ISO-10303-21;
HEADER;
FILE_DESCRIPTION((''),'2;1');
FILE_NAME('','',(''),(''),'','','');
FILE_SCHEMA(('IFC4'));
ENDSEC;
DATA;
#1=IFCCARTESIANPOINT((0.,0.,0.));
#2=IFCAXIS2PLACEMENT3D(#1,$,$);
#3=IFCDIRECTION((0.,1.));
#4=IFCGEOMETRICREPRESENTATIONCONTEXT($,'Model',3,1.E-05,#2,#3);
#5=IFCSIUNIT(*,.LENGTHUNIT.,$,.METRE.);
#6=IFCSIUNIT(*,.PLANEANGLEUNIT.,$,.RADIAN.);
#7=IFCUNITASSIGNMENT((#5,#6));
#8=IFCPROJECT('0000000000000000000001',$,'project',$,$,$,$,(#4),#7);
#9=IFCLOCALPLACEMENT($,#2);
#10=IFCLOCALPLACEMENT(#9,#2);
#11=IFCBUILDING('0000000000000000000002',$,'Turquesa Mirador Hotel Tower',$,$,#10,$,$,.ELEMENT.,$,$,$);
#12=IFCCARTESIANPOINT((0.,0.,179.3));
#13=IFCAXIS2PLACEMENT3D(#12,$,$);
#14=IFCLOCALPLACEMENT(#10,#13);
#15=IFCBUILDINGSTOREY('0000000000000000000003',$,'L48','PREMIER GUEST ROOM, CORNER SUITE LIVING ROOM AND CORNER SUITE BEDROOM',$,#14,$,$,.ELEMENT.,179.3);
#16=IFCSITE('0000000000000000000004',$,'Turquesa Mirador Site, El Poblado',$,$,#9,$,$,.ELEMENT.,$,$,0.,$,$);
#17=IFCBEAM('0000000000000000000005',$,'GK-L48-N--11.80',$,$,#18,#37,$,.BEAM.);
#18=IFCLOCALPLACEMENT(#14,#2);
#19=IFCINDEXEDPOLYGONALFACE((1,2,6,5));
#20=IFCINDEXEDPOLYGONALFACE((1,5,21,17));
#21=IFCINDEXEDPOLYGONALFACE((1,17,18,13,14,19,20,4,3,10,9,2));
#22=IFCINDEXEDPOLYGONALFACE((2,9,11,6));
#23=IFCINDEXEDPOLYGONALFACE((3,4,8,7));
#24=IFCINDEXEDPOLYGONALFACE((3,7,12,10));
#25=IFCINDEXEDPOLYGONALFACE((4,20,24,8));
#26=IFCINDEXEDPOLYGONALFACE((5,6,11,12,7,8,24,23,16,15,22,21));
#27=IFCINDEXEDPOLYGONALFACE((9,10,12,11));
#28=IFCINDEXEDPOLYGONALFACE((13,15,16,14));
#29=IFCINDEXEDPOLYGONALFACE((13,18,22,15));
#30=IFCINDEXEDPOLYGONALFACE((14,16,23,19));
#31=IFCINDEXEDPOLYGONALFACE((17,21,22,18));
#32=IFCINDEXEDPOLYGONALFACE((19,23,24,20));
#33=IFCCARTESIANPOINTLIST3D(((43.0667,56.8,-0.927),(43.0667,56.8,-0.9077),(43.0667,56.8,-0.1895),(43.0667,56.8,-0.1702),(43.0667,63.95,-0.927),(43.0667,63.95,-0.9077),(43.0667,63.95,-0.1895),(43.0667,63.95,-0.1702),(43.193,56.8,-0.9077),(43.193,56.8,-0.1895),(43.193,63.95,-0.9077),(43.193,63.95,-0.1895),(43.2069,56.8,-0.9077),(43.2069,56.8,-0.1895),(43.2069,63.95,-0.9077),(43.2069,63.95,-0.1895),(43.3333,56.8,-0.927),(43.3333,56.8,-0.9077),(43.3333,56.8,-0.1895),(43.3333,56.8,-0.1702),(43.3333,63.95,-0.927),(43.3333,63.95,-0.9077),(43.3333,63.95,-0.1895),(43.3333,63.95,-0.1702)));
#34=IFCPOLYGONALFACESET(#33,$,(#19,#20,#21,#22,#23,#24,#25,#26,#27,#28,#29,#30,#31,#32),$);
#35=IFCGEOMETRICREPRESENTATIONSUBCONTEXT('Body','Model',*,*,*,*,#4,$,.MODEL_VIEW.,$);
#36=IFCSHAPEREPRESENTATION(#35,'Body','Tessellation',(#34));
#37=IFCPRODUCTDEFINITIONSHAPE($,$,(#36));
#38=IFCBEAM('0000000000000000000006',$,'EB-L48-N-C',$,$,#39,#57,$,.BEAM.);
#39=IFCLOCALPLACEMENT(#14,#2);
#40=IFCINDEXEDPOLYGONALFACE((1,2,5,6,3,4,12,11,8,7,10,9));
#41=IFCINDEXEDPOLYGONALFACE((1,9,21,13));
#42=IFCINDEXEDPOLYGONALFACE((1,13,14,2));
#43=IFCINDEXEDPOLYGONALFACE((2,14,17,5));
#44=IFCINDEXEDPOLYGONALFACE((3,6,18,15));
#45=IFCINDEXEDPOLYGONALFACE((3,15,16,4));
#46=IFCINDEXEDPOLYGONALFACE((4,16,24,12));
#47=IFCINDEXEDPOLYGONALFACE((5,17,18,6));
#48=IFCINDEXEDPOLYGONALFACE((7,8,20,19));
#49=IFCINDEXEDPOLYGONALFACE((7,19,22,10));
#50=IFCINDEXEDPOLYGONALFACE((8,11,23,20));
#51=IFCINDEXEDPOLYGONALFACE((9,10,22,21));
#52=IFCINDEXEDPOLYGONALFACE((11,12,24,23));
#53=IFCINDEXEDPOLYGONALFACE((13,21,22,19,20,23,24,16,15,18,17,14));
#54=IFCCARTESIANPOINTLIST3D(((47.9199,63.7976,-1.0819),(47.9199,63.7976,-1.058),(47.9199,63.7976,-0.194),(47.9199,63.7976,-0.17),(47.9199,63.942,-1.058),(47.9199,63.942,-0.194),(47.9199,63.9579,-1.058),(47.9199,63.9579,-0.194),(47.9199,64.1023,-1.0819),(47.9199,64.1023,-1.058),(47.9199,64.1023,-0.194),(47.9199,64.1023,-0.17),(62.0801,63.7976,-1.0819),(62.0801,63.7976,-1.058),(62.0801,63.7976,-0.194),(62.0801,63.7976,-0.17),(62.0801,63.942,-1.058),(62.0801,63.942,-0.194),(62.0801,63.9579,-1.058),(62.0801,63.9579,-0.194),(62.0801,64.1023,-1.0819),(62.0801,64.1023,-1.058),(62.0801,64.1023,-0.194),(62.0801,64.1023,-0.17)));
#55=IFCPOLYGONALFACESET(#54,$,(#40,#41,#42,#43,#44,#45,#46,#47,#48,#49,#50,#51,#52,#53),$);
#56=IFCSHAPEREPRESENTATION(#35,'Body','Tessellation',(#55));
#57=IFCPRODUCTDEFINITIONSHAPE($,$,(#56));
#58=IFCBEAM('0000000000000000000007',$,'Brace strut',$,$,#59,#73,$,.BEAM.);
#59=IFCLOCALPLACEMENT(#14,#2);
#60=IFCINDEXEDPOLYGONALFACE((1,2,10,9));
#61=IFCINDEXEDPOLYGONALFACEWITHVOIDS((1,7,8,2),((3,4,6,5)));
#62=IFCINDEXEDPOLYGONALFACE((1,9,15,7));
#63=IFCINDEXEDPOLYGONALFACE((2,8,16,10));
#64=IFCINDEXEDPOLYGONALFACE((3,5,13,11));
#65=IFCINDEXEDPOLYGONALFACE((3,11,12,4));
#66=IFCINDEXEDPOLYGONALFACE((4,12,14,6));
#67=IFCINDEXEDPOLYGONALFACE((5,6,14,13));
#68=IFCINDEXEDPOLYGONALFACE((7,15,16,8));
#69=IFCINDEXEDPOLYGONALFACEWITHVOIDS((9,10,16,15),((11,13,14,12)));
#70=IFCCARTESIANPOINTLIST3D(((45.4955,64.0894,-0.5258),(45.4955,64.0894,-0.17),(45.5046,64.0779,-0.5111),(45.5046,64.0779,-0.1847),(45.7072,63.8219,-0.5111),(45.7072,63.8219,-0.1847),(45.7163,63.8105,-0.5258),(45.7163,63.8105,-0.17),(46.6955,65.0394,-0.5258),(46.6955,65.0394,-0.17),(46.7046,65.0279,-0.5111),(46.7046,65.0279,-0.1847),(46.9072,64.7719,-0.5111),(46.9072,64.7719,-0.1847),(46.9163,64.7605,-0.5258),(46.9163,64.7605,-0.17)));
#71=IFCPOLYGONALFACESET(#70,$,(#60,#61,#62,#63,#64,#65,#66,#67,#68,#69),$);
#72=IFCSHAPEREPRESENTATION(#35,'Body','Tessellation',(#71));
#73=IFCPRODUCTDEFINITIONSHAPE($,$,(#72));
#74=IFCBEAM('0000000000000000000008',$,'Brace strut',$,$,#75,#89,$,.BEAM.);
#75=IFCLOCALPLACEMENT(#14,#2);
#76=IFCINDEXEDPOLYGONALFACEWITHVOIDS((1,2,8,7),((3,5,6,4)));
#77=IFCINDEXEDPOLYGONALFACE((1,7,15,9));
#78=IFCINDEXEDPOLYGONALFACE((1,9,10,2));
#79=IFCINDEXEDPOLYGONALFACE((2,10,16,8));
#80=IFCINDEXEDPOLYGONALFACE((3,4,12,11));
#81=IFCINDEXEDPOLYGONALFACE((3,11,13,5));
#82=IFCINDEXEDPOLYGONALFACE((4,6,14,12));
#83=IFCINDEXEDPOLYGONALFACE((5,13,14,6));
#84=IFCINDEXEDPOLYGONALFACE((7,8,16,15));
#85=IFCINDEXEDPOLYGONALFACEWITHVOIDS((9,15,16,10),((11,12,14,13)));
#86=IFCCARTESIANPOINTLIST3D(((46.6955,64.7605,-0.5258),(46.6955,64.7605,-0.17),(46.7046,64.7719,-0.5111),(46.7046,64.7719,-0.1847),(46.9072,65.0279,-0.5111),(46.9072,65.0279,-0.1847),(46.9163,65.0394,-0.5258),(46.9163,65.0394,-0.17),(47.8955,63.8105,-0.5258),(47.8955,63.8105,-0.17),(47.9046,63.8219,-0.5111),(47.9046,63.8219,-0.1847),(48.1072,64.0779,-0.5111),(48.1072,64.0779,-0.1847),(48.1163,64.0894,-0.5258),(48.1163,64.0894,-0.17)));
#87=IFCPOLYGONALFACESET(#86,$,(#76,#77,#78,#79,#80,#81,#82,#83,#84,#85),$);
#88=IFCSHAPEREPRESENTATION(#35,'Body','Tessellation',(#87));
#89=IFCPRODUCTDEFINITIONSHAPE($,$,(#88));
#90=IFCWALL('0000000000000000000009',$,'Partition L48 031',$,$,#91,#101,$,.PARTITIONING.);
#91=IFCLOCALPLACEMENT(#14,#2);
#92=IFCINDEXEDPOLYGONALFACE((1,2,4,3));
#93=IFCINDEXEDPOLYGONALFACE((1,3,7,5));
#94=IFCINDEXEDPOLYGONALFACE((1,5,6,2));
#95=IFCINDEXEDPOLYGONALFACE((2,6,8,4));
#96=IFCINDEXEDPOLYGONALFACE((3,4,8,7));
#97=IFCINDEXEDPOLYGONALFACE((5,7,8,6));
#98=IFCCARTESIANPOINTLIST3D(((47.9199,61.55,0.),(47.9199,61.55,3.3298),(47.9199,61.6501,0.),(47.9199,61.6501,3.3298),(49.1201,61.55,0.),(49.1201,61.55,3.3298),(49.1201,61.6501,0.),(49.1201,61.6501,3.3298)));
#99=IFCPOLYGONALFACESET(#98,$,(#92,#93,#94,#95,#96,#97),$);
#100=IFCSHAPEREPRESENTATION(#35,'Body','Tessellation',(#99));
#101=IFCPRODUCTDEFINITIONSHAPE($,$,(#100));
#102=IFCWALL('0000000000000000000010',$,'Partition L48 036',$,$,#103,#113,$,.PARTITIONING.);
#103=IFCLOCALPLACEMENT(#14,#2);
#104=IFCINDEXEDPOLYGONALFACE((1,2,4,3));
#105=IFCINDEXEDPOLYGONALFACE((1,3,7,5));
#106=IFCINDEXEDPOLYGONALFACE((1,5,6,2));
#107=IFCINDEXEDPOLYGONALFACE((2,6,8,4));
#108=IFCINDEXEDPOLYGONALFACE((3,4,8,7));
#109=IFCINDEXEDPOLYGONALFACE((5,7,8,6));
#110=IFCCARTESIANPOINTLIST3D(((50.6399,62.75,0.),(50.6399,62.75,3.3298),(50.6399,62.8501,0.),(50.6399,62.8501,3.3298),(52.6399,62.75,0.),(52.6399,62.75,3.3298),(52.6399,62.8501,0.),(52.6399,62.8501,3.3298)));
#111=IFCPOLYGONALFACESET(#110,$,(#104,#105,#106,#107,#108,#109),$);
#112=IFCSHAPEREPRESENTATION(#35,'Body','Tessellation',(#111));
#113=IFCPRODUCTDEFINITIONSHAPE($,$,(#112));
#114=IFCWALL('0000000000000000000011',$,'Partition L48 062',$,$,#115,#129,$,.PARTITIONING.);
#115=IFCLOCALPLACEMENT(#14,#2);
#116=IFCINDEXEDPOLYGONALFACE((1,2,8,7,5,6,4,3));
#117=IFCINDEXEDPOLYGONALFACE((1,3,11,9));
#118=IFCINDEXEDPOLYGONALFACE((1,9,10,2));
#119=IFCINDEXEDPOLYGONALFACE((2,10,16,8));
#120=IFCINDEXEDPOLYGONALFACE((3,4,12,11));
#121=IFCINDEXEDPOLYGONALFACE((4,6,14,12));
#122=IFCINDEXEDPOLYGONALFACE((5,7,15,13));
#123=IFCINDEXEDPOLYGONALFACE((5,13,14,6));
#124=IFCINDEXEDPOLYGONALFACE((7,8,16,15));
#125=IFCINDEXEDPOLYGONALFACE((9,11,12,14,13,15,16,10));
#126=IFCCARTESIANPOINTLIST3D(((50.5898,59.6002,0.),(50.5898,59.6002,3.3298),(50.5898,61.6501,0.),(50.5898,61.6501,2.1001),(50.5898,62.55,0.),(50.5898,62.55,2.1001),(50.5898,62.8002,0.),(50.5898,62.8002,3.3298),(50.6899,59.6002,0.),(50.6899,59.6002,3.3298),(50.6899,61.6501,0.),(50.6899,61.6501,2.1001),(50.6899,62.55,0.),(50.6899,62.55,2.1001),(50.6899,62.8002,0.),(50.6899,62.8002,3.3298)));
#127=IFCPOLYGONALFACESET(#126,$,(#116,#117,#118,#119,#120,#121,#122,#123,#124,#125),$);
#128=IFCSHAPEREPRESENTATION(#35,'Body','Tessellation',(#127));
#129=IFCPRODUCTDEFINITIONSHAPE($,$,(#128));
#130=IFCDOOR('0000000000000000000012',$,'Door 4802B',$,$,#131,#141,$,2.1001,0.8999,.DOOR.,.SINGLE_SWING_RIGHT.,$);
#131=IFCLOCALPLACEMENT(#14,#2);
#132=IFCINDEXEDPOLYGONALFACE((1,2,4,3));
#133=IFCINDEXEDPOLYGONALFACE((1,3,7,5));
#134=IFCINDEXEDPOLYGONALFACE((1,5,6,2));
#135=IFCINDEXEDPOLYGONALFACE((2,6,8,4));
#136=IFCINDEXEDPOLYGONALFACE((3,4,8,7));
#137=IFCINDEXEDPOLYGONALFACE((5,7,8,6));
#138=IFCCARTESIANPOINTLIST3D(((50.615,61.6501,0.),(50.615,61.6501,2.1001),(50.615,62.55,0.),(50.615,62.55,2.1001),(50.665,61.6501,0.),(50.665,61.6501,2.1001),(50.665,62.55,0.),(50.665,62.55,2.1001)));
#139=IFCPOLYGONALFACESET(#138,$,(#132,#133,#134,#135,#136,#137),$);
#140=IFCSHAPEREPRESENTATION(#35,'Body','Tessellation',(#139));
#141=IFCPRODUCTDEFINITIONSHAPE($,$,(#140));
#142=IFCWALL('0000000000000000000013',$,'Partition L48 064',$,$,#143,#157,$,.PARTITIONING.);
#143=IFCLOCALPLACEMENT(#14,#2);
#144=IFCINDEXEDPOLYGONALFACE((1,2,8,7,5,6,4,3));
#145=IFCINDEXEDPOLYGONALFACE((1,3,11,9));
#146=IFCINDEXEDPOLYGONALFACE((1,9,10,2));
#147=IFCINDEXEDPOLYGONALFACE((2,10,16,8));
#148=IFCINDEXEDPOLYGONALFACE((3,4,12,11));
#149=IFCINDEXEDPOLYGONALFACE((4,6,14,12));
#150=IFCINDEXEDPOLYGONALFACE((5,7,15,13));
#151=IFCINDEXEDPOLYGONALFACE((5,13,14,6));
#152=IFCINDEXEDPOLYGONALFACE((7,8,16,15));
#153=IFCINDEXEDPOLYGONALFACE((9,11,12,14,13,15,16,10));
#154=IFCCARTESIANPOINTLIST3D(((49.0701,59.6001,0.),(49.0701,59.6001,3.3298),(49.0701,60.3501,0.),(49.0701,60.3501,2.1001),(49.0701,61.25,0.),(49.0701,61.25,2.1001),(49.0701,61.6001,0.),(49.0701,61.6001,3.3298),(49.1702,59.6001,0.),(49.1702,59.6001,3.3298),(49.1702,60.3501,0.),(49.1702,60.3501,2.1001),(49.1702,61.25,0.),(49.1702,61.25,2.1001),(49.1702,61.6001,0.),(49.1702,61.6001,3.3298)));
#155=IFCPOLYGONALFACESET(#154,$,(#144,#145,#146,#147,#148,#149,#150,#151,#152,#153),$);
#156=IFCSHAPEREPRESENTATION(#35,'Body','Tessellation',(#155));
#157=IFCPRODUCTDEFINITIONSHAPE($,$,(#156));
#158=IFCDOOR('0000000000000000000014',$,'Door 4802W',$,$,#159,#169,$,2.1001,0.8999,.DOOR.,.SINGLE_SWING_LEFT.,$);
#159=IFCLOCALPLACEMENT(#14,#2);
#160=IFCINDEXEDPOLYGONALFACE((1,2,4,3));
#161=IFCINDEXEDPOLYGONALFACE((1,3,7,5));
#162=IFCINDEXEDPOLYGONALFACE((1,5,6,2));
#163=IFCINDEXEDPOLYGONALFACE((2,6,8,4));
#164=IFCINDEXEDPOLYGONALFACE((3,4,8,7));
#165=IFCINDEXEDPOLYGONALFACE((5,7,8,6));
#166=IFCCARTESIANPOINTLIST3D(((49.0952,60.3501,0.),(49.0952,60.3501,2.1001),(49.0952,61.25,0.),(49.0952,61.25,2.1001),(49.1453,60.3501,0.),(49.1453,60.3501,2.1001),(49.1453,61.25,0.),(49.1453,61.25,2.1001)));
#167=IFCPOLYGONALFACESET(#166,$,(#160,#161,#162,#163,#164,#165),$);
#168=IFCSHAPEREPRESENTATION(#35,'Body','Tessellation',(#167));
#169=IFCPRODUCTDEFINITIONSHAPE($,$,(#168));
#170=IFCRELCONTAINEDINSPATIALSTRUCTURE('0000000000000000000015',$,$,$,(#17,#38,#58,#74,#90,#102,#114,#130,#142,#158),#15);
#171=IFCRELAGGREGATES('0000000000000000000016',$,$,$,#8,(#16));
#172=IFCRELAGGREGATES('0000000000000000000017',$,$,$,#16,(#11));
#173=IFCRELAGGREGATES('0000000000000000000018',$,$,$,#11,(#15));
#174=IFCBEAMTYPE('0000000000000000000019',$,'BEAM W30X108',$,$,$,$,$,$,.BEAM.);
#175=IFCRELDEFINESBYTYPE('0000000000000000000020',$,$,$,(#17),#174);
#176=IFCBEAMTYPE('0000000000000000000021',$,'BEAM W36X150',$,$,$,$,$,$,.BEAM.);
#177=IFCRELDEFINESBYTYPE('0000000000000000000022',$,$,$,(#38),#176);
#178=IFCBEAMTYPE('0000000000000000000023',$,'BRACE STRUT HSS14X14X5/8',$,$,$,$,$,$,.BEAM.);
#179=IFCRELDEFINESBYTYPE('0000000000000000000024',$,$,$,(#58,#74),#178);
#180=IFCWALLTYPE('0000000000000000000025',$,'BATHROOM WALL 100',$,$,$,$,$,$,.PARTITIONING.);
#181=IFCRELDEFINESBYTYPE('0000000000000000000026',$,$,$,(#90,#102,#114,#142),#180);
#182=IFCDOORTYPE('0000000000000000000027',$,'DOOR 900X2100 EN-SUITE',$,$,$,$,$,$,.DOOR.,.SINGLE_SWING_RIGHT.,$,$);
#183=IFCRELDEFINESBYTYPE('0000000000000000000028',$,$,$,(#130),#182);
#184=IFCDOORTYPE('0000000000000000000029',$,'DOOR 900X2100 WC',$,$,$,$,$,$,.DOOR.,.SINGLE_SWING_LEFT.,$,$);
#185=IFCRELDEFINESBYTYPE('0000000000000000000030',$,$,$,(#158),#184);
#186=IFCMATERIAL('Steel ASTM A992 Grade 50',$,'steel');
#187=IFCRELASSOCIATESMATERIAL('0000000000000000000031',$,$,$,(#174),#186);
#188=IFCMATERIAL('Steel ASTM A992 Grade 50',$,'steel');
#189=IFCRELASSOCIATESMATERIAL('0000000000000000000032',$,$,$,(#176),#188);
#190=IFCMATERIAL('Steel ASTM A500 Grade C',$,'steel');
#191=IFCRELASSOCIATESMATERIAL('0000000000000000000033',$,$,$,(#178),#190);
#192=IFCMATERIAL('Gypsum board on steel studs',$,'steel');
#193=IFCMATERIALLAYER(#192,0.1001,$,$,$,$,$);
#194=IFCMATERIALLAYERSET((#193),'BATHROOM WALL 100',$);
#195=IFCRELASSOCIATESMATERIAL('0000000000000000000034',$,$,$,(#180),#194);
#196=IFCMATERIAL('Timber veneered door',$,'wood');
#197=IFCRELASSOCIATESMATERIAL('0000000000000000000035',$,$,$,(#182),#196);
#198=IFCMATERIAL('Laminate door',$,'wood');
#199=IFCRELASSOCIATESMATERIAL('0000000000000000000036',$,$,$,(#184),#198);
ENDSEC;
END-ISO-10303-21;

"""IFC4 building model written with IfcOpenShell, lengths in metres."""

from ifc_helpers import new_model, si_unit, direction, frame, frame_2d, origin, origin_2d, place, context, subcontext, project, spatial, rectangle, hollow_rectangle, i_section, extrude, material, layer, layer_set, material_profile, profile_set, type_object, element, fill, save


model = new_model("IFC4")

# Units and contexts
model_context = context("Model", 3, precision=1e-05, world=origin(), true_north=direction((0.0, 1.0)))
body_context = subcontext(model_context, "Body", "Model", "MODEL_VIEW")
ifc_project = project(units=[si_unit("LENGTHUNIT", "METRE"), si_unit("PLANEANGLEUNIT", "RADIAN")], contexts=[model_context])

# Site, building, storey
site_placement = place(None, origin())
site = spatial("IfcSite", under=ifc_project, at=site_placement, Name="Turquesa Mirador Site, El Poblado", CompositionType="ELEMENT", RefElevation=0.0)
building_placement = place(site_placement, origin())
building = spatial("IfcBuilding", under=site, at=building_placement, Name="Turquesa Mirador Hotel Tower", CompositionType="ELEMENT")
storey_placement = place(building_placement, frame((0.0, 0.0, 179.3)))
storey = spatial("IfcBuildingStorey", under=building, at=storey_placement, Name="L48", Description="PREMIER GUEST ROOM, CORNER SUITE LIVING ROOM AND CORNER SUITE BEDROOM", CompositionType="ELEMENT", Elevation=179.3)

# Beams
ifc_material_1 = material(Name="Steel ASTM A992 Grade 50", Category="steel")
ifc_material_profile_1 = material_profile(ifc_material_1, i_section(OverallWidth=0.2666, OverallDepth=0.7568, WebThickness=0.0139, FlangeThickness=0.0193, at=origin_2d()), Name="W30X108")
ifc_profile_set_1 = profile_set([ifc_material_profile_1], Name="Steel ASTM A992 Grade 50")
beam_type_1 = type_object("IfcBeamType", Name="BEAM W30X108", PredefinedType="BEAM", material=ifc_profile_set_1)
beam_1_placement = place(storey_placement, frame((43.2, 63.95, -0.5486), z_axis=(0.0, -1.0, 0.0), x_axis=(1.0, 0.0, 0.0)))
element("IfcBeam", 1, at=beam_1_placement, inside=storey, type_object=beam_type_1, Name="GK-L48-N--11.80", PredefinedType="BEAM", context=body_context, shape_type="SweptSolid", body=[
    extrude(i_section(OverallWidth=0.2666, OverallDepth=0.7568, WebThickness=0.0139, FlangeThickness=0.0193, at=origin_2d()), origin(), (0.0, 0.0, 1.0), 7.1499),
])
ifc_material_2 = material(Name="Steel ASTM A992 Grade 50", Category="steel")
ifc_material_profile_2 = material_profile(ifc_material_2, i_section(OverallWidth=0.3047, OverallDepth=0.9119, WebThickness=0.0159, FlangeThickness=0.0239, at=origin_2d()), Name="W36X150")
ifc_profile_set_2 = profile_set([ifc_material_profile_2], Name="Steel ASTM A992 Grade 50")
beam_type_2 = type_object("IfcBeamType", Name="BEAM W36X150", PredefinedType="BEAM", material=ifc_profile_set_2)
beam_2_placement = place(storey_placement, frame((47.9199, 63.95, -0.626), z_axis=(1.0, 0.0, 0.0), x_axis=(0.0, 1.0, 0.0)))
element("IfcBeam", 2, at=beam_2_placement, inside=storey, type_object=beam_type_2, Name="EB-L48-N-C", PredefinedType="BEAM", context=body_context, shape_type="SweptSolid", body=[
    extrude(i_section(OverallWidth=0.3047, OverallDepth=0.9119, WebThickness=0.0159, FlangeThickness=0.0239, at=origin_2d()), origin(), (0.0, 0.0, 1.0), 14.1602),
])
ifc_material_3 = material(Name="Steel ASTM A500 Grade C", Category="steel")
ifc_material_profile_3 = material_profile(ifc_material_3, hollow_rectangle(XDim=0.3557, YDim=0.3557, WallThickness=0.0146, at=origin_2d()), Name="HSS14X14X5/8")
ifc_profile_set_3 = profile_set([ifc_material_profile_3], Name="Steel ASTM A500 Grade C")
beam_type_3 = type_object("IfcBeamType", Name="BRACE STRUT HSS14X14X5/8", PredefinedType="BEAM", material=ifc_profile_set_3)
for number, where, z_axis, x_axis, name in (
    (3, (46.8059, 64.8999, -0.3479), (-0.784049, -0.620699, 0.0), (0.620699, -0.784049, 0.0), "Brace strut"),
    (4, (46.8059, 64.8999, -0.3479), (0.784049, -0.620699, 0.0), (0.620699, 0.784049, 0.0), "Brace strut"),
):
    element("IfcBeam", number, at=place(storey_placement, frame(where, z_axis=z_axis, x_axis=x_axis)), inside=storey, type_object=beam_type_3, Name=name, PredefinedType="BEAM", context=body_context, shape_type="SweptSolid", body=[
        extrude(hollow_rectangle(XDim=0.3557, YDim=0.3557, WallThickness=0.0146, at=origin_2d()), origin(), (0.0, 0.0, 1.0), 1.5305),
    ])

# Walls
ifc_material_4 = material(Name="Gypsum board on steel studs", Category="steel")
ifc_layer_1 = layer(ifc_material_4, 0.1001)
ifc_layer_set_1 = layer_set([ifc_layer_1], Name="BATHROOM WALL 100")
wall_type_1 = type_object("IfcWallType", Name="BATHROOM WALL 100", PredefinedType="PARTITIONING", material=ifc_layer_set_1)
wall_1_placement = place(storey_placement, frame((47.9199, 61.6001, 0.0), z_axis=(0.0, 0.0, 1.0), x_axis=(1.0, 0.0, 0.0)))
element("IfcWall", 5, at=wall_1_placement, inside=storey, type_object=wall_type_1, Name="Partition L48 031", PredefinedType="PARTITIONING", context=body_context, shape_type="SweptSolid", body=[
    extrude(rectangle(XDim=1.2002, YDim=0.1001, at=frame_2d((0.6001, 0.0))), origin(), (0.0, 0.0, 1.0), 3.3298),
])
wall_2_placement = place(storey_placement, frame((50.6399, 62.8, 0.0), z_axis=(0.0, 0.0, 1.0), x_axis=(1.0, 0.0, 0.0)))
element("IfcWall", 6, at=wall_2_placement, inside=storey, type_object=wall_type_1, Name="Partition L48 036", PredefinedType="PARTITIONING", context=body_context, shape_type="SweptSolid", body=[
    extrude(rectangle(XDim=2.0, YDim=0.1001, at=frame_2d((1.0, 0.0))), origin(), (0.0, 0.0, 1.0), 3.3298),
])

# Walls, openings, doors
wall_3_placement = place(storey_placement, frame((50.6399, 59.6001, 0.0), z_axis=(0.0, 0.0, 1.0), x_axis=(0.0, 1.0, 0.0)))
wall_3 = element("IfcWall", 7, at=wall_3_placement, inside=storey, type_object=wall_type_1, Name="Partition L48 062", PredefinedType="PARTITIONING", context=body_context, shape_type="SweptSolid", body=[
    extrude(rectangle(XDim=3.2, YDim=0.1001, at=frame_2d((1.6001, 0.0))), origin(), (0.0, 0.0, 1.0), 3.3298),
])
opening_1_placement = place(wall_3_placement, frame((2.05, 0.0, 0.0)))
opening_1 = element("IfcOpeningElement", 8, at=opening_1_placement, cuts=wall_3, PredefinedType="OPENING", context=body_context, shape_type="SweptSolid", body=[
    extrude(rectangle(XDim=0.8999, YDim=2.1001, at=frame_2d((0.45, 1.05))), frame((0.0, 0.0601, 0.0), z_axis=(0.0, -1.0, 0.0), x_axis=(1.0, 0.0, 0.0)), (0.0, 0.0, 1.0), 0.1201),
])
ifc_material_5 = material(Name="Timber veneered door", Category="wood")
door_type_1 = type_object("IfcDoorType", Name="DOOR 900X2100 EN-SUITE", OperationType="SINGLE_SWING_RIGHT", PredefinedType="DOOR", material=ifc_material_5)
door_1_placement = place(opening_1_placement, origin())
door_1 = element("IfcDoor", 9, at=door_1_placement, inside=storey, type_object=door_type_1, Name="Door 4802B", OperationType="SINGLE_SWING_RIGHT", OverallHeight=2.1001, OverallWidth=0.8999, PredefinedType="DOOR", context=body_context, shape_type="SweptSolid", body=[
    extrude(rectangle(XDim=0.8999, YDim=2.1001, at=frame_2d((0.45, 1.05))), frame((0.0, 0.0249, 0.0), z_axis=(0.0, -1.0, 0.0), x_axis=(1.0, 0.0, 0.0)), (0.0, 0.0, 1.0), 0.05),
])
fill(opening_1, door_1)
wall_4_placement = place(storey_placement, frame((49.1201, 59.6001, 0.0), z_axis=(0.0, 0.0, 1.0), x_axis=(0.0, 1.0, 0.0)))
wall_4 = element("IfcWall", 10, at=wall_4_placement, inside=storey, type_object=wall_type_1, Name="Partition L48 064", PredefinedType="PARTITIONING", context=body_context, shape_type="SweptSolid", body=[
    extrude(rectangle(XDim=2.0, YDim=0.1001, at=frame_2d((1.0, 0.0))), origin(), (0.0, 0.0, 1.0), 3.3298),
])
opening_2_placement = place(wall_4_placement, frame((0.75, 0.0, 0.0)))
opening_2 = element("IfcOpeningElement", 11, at=opening_2_placement, cuts=wall_4, PredefinedType="OPENING", context=body_context, shape_type="SweptSolid", body=[
    extrude(rectangle(XDim=0.8999, YDim=2.1001, at=frame_2d((0.45, 1.05))), frame((0.0, 0.0601, 0.0), z_axis=(0.0, -1.0, 0.0), x_axis=(1.0, 0.0, 0.0)), (0.0, 0.0, 1.0), 0.1201),
])
ifc_material_6 = material(Name="Laminate door", Category="wood")
door_type_2 = type_object("IfcDoorType", Name="DOOR 900X2100 WC", OperationType="SINGLE_SWING_LEFT", PredefinedType="DOOR", material=ifc_material_6)
door_2_placement = place(opening_2_placement, origin())
door_2 = element("IfcDoor", 12, at=door_2_placement, inside=storey, type_object=door_type_2, Name="Door 4802W", OperationType="SINGLE_SWING_LEFT", OverallHeight=2.1001, OverallWidth=0.8999, PredefinedType="DOOR", context=body_context, shape_type="SweptSolid", body=[
    extrude(rectangle(XDim=0.8999, YDim=2.1001, at=frame_2d((0.45, 1.05))), frame((0.0, 0.0249, 0.0), z_axis=(0.0, -1.0, 0.0), x_axis=(1.0, 0.0, 0.0)), (0.0, 0.0, 1.0), 0.05),
])
fill(opening_2, door_2)

save(model, "model.ifc")
